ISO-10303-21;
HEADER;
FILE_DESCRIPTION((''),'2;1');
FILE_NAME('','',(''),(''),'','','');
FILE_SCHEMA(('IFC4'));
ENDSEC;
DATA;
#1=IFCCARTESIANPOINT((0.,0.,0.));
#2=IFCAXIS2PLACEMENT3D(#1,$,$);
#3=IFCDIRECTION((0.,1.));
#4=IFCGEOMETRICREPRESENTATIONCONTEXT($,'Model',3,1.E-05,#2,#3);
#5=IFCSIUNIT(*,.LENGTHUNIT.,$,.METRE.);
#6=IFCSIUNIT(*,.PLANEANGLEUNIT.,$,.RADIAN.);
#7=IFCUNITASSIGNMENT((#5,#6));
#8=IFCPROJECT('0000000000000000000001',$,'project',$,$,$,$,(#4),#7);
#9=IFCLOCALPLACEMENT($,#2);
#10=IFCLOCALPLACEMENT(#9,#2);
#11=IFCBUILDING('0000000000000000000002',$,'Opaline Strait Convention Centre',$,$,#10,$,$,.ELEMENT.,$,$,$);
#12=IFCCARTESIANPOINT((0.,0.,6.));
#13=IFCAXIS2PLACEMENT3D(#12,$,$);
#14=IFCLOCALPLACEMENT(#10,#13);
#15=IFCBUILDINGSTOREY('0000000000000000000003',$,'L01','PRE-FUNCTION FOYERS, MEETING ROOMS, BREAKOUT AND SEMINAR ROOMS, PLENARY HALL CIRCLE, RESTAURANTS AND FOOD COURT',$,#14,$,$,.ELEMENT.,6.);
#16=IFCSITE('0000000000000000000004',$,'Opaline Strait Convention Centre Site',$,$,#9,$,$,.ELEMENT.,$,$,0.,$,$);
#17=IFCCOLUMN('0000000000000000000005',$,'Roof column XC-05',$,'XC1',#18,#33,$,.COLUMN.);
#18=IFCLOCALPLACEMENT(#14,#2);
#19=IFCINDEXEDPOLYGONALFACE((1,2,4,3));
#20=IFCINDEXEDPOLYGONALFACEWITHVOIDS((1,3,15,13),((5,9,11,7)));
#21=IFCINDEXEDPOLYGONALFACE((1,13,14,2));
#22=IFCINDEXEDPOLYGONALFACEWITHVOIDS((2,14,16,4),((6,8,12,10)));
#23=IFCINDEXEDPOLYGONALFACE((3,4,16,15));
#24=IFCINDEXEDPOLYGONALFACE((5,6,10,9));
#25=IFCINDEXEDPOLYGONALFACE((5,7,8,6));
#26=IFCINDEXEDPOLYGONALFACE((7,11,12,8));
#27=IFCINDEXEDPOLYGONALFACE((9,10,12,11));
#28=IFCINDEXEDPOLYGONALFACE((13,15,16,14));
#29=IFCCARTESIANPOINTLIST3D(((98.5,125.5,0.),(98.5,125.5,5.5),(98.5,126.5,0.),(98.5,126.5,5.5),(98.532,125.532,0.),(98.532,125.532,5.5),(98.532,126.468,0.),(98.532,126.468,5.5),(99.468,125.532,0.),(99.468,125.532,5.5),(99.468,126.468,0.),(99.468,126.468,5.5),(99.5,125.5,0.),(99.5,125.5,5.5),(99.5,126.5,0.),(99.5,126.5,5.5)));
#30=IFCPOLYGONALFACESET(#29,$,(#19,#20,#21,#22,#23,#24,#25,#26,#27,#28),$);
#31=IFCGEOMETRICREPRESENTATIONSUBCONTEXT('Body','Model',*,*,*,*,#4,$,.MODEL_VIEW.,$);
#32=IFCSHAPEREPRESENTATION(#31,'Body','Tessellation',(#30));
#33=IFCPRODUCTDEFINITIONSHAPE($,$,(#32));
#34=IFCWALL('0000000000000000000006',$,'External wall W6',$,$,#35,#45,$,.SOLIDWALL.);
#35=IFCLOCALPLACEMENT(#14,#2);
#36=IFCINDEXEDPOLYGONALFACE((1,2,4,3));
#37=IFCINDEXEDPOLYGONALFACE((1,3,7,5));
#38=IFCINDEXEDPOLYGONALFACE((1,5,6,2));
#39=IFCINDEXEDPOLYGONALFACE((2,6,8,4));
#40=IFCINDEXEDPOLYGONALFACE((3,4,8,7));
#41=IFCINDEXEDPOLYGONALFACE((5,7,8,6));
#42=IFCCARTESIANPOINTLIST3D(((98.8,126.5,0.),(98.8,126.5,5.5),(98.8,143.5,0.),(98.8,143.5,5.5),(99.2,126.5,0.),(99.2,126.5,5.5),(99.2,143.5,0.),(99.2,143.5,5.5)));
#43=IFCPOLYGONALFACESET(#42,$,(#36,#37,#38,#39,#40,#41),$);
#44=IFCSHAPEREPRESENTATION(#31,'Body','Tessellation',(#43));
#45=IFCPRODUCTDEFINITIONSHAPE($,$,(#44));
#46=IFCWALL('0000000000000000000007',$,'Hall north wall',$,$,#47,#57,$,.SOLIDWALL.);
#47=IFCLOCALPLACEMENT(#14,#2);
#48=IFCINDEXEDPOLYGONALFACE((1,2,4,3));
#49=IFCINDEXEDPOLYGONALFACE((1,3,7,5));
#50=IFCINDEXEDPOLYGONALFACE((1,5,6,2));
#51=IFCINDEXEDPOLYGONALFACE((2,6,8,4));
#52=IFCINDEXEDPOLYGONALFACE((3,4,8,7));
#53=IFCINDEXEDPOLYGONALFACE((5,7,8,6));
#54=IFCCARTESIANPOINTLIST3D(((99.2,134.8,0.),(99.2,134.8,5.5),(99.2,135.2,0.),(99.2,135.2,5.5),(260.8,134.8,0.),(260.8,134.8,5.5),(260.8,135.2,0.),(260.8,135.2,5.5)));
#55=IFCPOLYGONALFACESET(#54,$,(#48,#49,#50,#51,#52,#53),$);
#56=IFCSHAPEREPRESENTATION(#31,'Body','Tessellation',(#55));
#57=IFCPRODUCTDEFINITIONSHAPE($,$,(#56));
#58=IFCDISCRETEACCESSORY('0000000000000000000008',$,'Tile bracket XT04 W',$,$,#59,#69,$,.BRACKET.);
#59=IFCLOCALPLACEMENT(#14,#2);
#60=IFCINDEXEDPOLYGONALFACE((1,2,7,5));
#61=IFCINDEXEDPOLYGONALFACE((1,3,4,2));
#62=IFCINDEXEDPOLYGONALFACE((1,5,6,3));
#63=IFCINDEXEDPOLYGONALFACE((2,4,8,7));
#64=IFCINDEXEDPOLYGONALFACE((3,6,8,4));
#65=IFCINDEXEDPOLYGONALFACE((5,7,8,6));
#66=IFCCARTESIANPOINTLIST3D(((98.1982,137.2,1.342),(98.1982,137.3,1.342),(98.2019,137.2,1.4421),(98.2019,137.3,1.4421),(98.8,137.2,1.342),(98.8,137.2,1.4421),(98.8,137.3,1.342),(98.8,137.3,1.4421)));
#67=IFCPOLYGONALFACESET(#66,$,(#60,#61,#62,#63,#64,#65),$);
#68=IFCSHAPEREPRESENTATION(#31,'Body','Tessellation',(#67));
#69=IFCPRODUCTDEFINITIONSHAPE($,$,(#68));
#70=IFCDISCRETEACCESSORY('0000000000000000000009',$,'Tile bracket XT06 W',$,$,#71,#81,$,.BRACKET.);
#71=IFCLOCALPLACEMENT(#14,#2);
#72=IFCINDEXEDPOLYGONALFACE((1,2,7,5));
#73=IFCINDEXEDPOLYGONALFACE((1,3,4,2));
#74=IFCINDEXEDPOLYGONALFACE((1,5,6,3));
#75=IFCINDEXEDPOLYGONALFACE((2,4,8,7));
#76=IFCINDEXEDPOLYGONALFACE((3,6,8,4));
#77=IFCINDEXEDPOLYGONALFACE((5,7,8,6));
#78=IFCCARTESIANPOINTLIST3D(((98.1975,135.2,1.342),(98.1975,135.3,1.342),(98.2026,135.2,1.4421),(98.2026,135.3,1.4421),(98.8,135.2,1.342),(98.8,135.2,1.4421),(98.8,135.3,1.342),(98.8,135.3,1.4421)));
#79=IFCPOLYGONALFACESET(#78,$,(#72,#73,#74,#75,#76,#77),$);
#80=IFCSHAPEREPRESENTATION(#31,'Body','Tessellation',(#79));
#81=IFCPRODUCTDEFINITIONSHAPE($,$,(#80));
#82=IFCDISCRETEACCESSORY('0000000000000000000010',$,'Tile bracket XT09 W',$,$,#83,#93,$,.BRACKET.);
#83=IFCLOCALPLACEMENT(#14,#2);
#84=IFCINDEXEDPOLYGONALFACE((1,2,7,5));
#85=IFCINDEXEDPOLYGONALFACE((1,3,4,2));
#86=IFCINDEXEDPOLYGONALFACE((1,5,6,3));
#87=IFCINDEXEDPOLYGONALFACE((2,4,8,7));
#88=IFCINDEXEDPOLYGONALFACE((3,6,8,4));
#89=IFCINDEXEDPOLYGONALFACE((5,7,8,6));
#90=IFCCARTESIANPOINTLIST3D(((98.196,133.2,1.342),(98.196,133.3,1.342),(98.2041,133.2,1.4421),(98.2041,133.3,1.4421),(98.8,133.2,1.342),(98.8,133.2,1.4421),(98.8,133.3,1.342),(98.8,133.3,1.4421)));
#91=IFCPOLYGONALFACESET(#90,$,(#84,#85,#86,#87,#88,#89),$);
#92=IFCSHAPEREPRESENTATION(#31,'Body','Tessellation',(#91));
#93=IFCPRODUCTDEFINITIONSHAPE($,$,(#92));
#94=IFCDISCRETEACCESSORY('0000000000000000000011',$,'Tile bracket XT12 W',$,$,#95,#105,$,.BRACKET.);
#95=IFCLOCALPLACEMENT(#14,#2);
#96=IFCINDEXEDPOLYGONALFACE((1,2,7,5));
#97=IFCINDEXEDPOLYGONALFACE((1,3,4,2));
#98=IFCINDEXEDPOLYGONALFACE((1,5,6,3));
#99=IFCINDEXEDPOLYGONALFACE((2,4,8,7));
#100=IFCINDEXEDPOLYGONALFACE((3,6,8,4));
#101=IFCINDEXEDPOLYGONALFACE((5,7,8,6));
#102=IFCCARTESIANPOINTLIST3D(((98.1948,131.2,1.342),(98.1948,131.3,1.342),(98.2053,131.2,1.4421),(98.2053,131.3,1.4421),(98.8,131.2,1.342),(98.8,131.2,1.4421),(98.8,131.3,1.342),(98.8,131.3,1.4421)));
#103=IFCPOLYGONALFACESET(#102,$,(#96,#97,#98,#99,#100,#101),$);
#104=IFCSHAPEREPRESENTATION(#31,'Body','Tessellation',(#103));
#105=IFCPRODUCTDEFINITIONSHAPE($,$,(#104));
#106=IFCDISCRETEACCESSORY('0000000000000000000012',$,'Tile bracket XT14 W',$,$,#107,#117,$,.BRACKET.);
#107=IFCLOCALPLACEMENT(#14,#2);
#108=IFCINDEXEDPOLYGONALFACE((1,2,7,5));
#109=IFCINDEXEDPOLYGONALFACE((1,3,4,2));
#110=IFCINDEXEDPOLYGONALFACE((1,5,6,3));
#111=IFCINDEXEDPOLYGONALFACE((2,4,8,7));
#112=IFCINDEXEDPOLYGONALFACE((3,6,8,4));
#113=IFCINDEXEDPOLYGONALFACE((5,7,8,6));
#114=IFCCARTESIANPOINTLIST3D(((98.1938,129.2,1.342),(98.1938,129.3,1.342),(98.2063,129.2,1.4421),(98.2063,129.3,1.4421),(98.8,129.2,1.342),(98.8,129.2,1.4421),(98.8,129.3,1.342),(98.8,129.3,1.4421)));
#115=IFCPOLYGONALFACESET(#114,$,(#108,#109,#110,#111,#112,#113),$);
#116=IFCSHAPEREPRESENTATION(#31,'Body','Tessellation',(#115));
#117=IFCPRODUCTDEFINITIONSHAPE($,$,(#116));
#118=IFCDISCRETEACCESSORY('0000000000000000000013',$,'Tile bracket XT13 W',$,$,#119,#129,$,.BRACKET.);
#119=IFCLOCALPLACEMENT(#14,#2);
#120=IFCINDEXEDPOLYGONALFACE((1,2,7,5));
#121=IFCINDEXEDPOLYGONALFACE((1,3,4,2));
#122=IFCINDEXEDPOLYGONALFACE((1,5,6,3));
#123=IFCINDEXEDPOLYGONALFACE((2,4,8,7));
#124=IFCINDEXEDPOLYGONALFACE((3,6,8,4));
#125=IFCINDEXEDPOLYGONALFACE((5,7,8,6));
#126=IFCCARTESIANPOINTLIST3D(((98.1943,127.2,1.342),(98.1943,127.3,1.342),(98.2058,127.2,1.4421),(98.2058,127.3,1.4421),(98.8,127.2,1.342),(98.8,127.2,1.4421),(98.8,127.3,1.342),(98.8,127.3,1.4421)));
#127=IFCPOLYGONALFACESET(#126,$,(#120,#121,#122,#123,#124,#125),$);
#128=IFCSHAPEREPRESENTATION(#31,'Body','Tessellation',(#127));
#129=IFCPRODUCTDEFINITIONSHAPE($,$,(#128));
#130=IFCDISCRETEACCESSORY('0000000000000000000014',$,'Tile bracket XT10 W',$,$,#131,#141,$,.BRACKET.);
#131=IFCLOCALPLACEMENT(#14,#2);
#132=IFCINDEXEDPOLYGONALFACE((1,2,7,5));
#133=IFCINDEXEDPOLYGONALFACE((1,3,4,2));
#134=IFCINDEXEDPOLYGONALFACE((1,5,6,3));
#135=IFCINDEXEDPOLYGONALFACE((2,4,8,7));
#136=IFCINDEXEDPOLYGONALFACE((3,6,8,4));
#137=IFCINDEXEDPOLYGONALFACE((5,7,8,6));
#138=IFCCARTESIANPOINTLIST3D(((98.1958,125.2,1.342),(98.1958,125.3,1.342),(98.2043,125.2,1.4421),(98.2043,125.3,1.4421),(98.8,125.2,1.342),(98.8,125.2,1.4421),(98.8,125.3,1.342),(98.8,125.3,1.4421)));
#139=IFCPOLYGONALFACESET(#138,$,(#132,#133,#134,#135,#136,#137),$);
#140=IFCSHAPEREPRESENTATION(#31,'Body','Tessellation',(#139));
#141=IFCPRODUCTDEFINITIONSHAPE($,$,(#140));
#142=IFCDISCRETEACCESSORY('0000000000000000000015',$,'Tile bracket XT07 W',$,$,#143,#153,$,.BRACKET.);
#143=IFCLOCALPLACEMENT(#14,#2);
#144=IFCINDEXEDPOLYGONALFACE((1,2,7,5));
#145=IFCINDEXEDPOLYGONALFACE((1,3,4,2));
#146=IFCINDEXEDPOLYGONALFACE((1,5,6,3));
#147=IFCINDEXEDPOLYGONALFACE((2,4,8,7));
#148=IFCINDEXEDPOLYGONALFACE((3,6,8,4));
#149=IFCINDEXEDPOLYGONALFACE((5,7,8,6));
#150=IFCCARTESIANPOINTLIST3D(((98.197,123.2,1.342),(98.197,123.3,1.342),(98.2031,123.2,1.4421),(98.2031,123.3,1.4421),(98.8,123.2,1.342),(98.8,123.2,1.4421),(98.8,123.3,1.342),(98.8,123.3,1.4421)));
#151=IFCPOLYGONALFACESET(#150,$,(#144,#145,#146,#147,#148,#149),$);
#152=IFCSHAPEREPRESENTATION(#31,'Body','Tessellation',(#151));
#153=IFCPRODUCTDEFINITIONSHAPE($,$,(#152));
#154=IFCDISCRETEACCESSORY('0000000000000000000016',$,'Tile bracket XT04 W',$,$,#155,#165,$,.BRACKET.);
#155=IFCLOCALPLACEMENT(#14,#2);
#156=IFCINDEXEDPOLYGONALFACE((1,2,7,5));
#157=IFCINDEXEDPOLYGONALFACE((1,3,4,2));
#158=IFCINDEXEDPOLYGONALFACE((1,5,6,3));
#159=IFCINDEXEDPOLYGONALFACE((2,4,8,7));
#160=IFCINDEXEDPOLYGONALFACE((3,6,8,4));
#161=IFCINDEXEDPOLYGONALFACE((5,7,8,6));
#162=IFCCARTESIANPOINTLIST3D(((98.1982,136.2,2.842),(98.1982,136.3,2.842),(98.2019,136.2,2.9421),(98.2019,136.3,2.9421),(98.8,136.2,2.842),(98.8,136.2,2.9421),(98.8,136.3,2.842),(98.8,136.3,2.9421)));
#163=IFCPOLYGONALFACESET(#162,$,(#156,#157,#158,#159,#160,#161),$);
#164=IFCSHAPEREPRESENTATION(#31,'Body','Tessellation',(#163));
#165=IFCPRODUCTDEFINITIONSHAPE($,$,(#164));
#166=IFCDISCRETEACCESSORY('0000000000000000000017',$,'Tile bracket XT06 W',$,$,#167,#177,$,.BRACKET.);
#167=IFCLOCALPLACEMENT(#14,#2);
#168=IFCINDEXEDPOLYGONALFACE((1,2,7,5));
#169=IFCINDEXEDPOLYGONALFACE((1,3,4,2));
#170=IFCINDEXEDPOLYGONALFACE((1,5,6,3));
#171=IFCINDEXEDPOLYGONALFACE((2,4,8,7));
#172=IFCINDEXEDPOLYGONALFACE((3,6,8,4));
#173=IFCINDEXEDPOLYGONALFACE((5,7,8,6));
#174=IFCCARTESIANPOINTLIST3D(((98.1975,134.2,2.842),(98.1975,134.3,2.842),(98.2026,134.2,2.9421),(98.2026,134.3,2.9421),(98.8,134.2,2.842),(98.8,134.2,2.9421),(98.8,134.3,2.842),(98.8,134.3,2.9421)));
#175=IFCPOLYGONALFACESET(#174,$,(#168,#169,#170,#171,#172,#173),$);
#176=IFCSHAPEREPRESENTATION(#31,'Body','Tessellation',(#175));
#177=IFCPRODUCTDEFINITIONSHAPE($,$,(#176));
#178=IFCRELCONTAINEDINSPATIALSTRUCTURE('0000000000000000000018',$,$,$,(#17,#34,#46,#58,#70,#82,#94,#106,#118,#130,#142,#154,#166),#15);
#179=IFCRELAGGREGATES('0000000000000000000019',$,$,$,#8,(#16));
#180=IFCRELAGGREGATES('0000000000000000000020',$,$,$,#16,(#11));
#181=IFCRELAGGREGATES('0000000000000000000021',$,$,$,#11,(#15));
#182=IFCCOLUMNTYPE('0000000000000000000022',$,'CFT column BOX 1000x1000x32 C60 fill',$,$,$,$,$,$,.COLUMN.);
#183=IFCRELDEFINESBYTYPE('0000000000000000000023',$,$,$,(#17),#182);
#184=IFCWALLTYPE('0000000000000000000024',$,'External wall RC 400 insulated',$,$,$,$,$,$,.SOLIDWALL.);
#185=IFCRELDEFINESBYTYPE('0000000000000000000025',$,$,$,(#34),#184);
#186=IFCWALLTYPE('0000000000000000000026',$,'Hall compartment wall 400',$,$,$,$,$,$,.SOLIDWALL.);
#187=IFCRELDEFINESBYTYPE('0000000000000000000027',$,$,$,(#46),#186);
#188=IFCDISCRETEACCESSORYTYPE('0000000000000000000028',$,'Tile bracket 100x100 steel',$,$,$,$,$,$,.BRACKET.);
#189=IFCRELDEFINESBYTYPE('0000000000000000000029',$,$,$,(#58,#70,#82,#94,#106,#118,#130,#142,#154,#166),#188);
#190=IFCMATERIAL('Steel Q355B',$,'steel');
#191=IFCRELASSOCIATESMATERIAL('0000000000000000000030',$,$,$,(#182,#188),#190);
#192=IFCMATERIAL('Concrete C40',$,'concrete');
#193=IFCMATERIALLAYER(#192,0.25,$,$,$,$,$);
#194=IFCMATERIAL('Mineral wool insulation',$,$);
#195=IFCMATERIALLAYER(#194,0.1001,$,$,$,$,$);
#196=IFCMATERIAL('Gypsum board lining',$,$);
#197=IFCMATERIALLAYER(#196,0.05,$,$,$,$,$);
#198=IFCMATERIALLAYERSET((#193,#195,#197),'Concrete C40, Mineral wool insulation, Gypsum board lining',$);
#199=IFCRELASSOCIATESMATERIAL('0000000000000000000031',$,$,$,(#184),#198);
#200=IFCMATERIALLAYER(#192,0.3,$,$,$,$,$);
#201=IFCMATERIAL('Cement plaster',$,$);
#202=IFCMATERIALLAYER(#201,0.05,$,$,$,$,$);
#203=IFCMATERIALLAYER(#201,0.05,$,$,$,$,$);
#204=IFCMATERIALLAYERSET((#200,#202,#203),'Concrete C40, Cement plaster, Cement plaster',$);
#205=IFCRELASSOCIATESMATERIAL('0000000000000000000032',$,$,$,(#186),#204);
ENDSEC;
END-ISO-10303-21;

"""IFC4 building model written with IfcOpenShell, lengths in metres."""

from ifc_helpers import new_model, si_unit, direction, frame, frame_2d, origin, origin_2d, place, context, subcontext, project, spatial, polyline, rectangle, hollow_rectangle, outline, extrude, material, layer, layer_set, material_profile, profile_set, type_object, element, save


model = new_model("IFC4")

# Units and contexts
model_context = context("Model", 3, precision=1e-05, world=origin(), true_north=direction((0.0, 1.0)))
body_context = subcontext(model_context, "Body", "Model", "MODEL_VIEW")
ifc_project = project(units=[si_unit("LENGTHUNIT", "METRE"), si_unit("PLANEANGLEUNIT", "RADIAN")], contexts=[model_context])

# Site, building, storey
site_placement = place(None, origin())
site = spatial("IfcSite", under=ifc_project, at=site_placement, Name="Opaline Strait Convention Centre Site", CompositionType="ELEMENT", RefElevation=0.0)
building_placement = place(site_placement, origin())
building = spatial("IfcBuilding", under=site, at=building_placement, Name="Opaline Strait Convention Centre", CompositionType="ELEMENT")
storey_placement = place(building_placement, frame((0.0, 0.0, 6.0)))
storey = spatial("IfcBuildingStorey", under=building, at=storey_placement, Name="L01", Description="PRE-FUNCTION FOYERS, MEETING ROOMS, BREAKOUT AND SEMINAR ROOMS, PLENARY HALL CIRCLE, RESTAURANTS AND FOOD COURT", CompositionType="ELEMENT", Elevation=6.0)

# Column
ifc_material_1 = material(Name="Steel Q355B", Category="steel")
ifc_material_profile = material_profile(ifc_material_1, hollow_rectangle(XDim=1.0, YDim=1.0, WallThickness=0.032, at=origin_2d()), Name="BOX 1000x1000x32")
ifc_profile_set = profile_set([ifc_material_profile], Name="Steel Q355B")
column_type = type_object("IfcColumnType", Name="CFT column BOX 1000x1000x32 C60 fill", PredefinedType="COLUMN", material=ifc_profile_set)
column_placement = place(storey_placement, frame((99.0, 126.0, 0.0), z_axis=(0.0, 0.0, 1.0), x_axis=(1.0, 0.0, 0.0)))
element("IfcColumn", 1, at=column_placement, inside=storey, type_object=column_type, Name="Roof column XC-05", ObjectType="XC1", PredefinedType="COLUMN", context=body_context, shape_type="SweptSolid", body=[
    extrude(hollow_rectangle(XDim=1.0, YDim=1.0, WallThickness=0.032, at=origin_2d()), origin(), (0.0, 0.0, 1.0), 5.5),
])

# Walls
ifc_material_2 = material(Name="Concrete C40", Category="concrete")
ifc_layer_1 = layer(ifc_material_2, 0.25)
ifc_material_3 = material(Name="Mineral wool insulation")
ifc_layer_2 = layer(ifc_material_3, 0.1001)
ifc_material_4 = material(Name="Gypsum board lining")
ifc_layer_3 = layer(ifc_material_4, 0.05)
ifc_layer_set_1 = layer_set([ifc_layer_1, ifc_layer_2, ifc_layer_3], Name="Concrete C40, Mineral wool insulation, Gypsum board lining")
wall_type_1 = type_object("IfcWallType", Name="External wall RC 400 insulated", PredefinedType="SOLIDWALL", material=ifc_layer_set_1)
wall_1_placement = place(storey_placement, frame((99.0, 126.5, 0.0), z_axis=(0.0, 0.0, 1.0), x_axis=(0.0, 1.0, 0.0)))
element("IfcWall", 2, at=wall_1_placement, inside=storey, type_object=wall_type_1, Name="External wall W6", PredefinedType="SOLIDWALL", context=body_context, shape_type="SweptSolid", body=[
    extrude(rectangle(XDim=17.0, YDim=0.3999, at=frame_2d((8.5, 0.0))), origin(), (0.0, 0.0, 1.0), 5.5),
])
ifc_layer_4 = layer(ifc_material_2, 0.3)
ifc_material_5 = material(Name="Cement plaster")
ifc_layer_5 = layer(ifc_material_5, 0.05)
ifc_layer_6 = layer(ifc_material_5, 0.05)
ifc_layer_set_2 = layer_set([ifc_layer_4, ifc_layer_5, ifc_layer_6], Name="Concrete C40, Cement plaster, Cement plaster")
wall_type_2 = type_object("IfcWallType", Name="Hall compartment wall 400", PredefinedType="SOLIDWALL", material=ifc_layer_set_2)
wall_2_placement = place(storey_placement, frame((99.2, 135.0, 0.0), z_axis=(0.0, 0.0, 1.0), x_axis=(1.0, 0.0, 0.0)))
element("IfcWall", 3, at=wall_2_placement, inside=storey, type_object=wall_type_2, Name="Hall north wall", PredefinedType="SOLIDWALL", context=body_context, shape_type="SweptSolid", body=[
    extrude(rectangle(XDim=161.6001, YDim=0.3999, at=frame_2d((80.8, 0.0))), origin(), (0.0, 0.0, 1.0), 5.5),
])

# Discrete accessories
discrete_accessory_type = type_object("IfcDiscreteAccessoryType", Name="Tile bracket 100x100 steel", PredefinedType="BRACKET", material=ifc_material_1)
discrete_accessory_1_placement = place(storey_placement, frame((98.8, 137.3, 1.3921), z_axis=(0.0, -1.0, 0.0), x_axis=(1.0, 0.0, 0.0)))
element("IfcDiscreteAccessory", 4, at=discrete_accessory_1_placement, inside=storey, type_object=discrete_accessory_type, Name="Tile bracket XT04 W", PredefinedType="BRACKET", context=body_context, shape_type="SweptSolid", body=[
    extrude(outline(polyline([(0.0, -0.05), (0.0, 0.05), (-0.5981, 0.05), (-0.6018, -0.05), (0.0, -0.05)])), origin(), (0.0, 0.0, 1.0), 0.1001),
])
discrete_accessory_2_placement = place(storey_placement, frame((98.8, 135.3, 1.3921), z_axis=(0.0, -1.0, 0.0), x_axis=(1.0, 0.0, 0.0)))
element("IfcDiscreteAccessory", 5, at=discrete_accessory_2_placement, inside=storey, type_object=discrete_accessory_type, Name="Tile bracket XT06 W", PredefinedType="BRACKET", context=body_context, shape_type="SweptSolid", body=[
    extrude(outline(polyline([(0.0, -0.05), (0.0, 0.05), (-0.5974, 0.05), (-0.6025, -0.05), (0.0, -0.05)])), origin(), (0.0, 0.0, 1.0), 0.1001),
])
discrete_accessory_3_placement = place(storey_placement, frame((98.8, 133.3, 1.3921), z_axis=(0.0, -1.0, 0.0), x_axis=(1.0, 0.0, 0.0)))
element("IfcDiscreteAccessory", 6, at=discrete_accessory_3_placement, inside=storey, type_object=discrete_accessory_type, Name="Tile bracket XT09 W", PredefinedType="BRACKET", context=body_context, shape_type="SweptSolid", body=[
    extrude(outline(polyline([(0.0, -0.05), (0.0, 0.05), (-0.5959, 0.05), (-0.604, -0.05), (0.0, -0.05)])), origin(), (0.0, 0.0, 1.0), 0.1001),
])
discrete_accessory_4_placement = place(storey_placement, frame((98.8, 131.3, 1.3921), z_axis=(0.0, -1.0, 0.0), x_axis=(1.0, 0.0, 0.0)))
element("IfcDiscreteAccessory", 7, at=discrete_accessory_4_placement, inside=storey, type_object=discrete_accessory_type, Name="Tile bracket XT12 W", PredefinedType="BRACKET", context=body_context, shape_type="SweptSolid", body=[
    extrude(outline(polyline([(0.0, -0.05), (0.0, 0.05), (-0.5947, 0.05), (-0.6052, -0.05), (0.0, -0.05)])), origin(), (0.0, 0.0, 1.0), 0.1001),
])
discrete_accessory_5_placement = place(storey_placement, frame((98.8, 129.3, 1.3921), z_axis=(0.0, -1.0, 0.0), x_axis=(1.0, 0.0, 0.0)))
element("IfcDiscreteAccessory", 8, at=discrete_accessory_5_placement, inside=storey, type_object=discrete_accessory_type, Name="Tile bracket XT14 W", PredefinedType="BRACKET", context=body_context, shape_type="SweptSolid", body=[
    extrude(outline(polyline([(0.0, -0.05), (0.0, 0.05), (-0.5938, 0.05), (-0.6062, -0.05), (0.0, -0.05)])), origin(), (0.0, 0.0, 1.0), 0.1001),
])
discrete_accessory_6_placement = place(storey_placement, frame((98.8, 127.3, 1.3921), z_axis=(0.0, -1.0, 0.0), x_axis=(1.0, 0.0, 0.0)))
element("IfcDiscreteAccessory", 9, at=discrete_accessory_6_placement, inside=storey, type_object=discrete_accessory_type, Name="Tile bracket XT13 W", PredefinedType="BRACKET", context=body_context, shape_type="SweptSolid", body=[
    extrude(outline(polyline([(0.0, -0.05), (0.0, 0.05), (-0.5942, 0.05), (-0.6057, -0.05), (0.0, -0.05)])), origin(), (0.0, 0.0, 1.0), 0.1001),
])
discrete_accessory_7_placement = place(storey_placement, frame((98.8, 125.3, 1.3921), z_axis=(0.0, -1.0, 0.0), x_axis=(1.0, 0.0, 0.0)))
element("IfcDiscreteAccessory", 10, at=discrete_accessory_7_placement, inside=storey, type_object=discrete_accessory_type, Name="Tile bracket XT10 W", PredefinedType="BRACKET", context=body_context, shape_type="SweptSolid", body=[
    extrude(outline(polyline([(0.0, -0.05), (0.0, 0.05), (-0.5957, 0.05), (-0.6042, -0.05), (0.0, -0.05)])), origin(), (0.0, 0.0, 1.0), 0.1001),
])
discrete_accessory_8_placement = place(storey_placement, frame((98.8, 123.3, 1.3921), z_axis=(0.0, -1.0, 0.0), x_axis=(1.0, 0.0, 0.0)))
element("IfcDiscreteAccessory", 11, at=discrete_accessory_8_placement, inside=storey, type_object=discrete_accessory_type, Name="Tile bracket XT07 W", PredefinedType="BRACKET", context=body_context, shape_type="SweptSolid", body=[
    extrude(outline(polyline([(0.0, -0.05), (0.0, 0.05), (-0.5969, 0.05), (-0.603, -0.05), (0.0, -0.05)])), origin(), (0.0, 0.0, 1.0), 0.1001),
])
discrete_accessory_9_placement = place(storey_placement, frame((98.8, 136.3, 2.8921), z_axis=(0.0, -1.0, 0.0), x_axis=(1.0, 0.0, 0.0)))
element("IfcDiscreteAccessory", 12, at=discrete_accessory_9_placement, inside=storey, type_object=discrete_accessory_type, Name="Tile bracket XT04 W", PredefinedType="BRACKET", context=body_context, shape_type="SweptSolid", body=[
    extrude(outline(polyline([(0.0, -0.05), (0.0, 0.05), (-0.5981, 0.05), (-0.6018, -0.05), (0.0, -0.05)])), origin(), (0.0, 0.0, 1.0), 0.1001),
])
discrete_accessory_10_placement = place(storey_placement, frame((98.8, 134.3, 2.8921), z_axis=(0.0, -1.0, 0.0), x_axis=(1.0, 0.0, 0.0)))
element("IfcDiscreteAccessory", 13, at=discrete_accessory_10_placement, inside=storey, type_object=discrete_accessory_type, Name="Tile bracket XT06 W", PredefinedType="BRACKET", context=body_context, shape_type="SweptSolid", body=[
    extrude(outline(polyline([(0.0, -0.05), (0.0, 0.05), (-0.5974, 0.05), (-0.6025, -0.05), (0.0, -0.05)])), origin(), (0.0, 0.0, 1.0), 0.1001),
])

save(model, "model.ifc")
